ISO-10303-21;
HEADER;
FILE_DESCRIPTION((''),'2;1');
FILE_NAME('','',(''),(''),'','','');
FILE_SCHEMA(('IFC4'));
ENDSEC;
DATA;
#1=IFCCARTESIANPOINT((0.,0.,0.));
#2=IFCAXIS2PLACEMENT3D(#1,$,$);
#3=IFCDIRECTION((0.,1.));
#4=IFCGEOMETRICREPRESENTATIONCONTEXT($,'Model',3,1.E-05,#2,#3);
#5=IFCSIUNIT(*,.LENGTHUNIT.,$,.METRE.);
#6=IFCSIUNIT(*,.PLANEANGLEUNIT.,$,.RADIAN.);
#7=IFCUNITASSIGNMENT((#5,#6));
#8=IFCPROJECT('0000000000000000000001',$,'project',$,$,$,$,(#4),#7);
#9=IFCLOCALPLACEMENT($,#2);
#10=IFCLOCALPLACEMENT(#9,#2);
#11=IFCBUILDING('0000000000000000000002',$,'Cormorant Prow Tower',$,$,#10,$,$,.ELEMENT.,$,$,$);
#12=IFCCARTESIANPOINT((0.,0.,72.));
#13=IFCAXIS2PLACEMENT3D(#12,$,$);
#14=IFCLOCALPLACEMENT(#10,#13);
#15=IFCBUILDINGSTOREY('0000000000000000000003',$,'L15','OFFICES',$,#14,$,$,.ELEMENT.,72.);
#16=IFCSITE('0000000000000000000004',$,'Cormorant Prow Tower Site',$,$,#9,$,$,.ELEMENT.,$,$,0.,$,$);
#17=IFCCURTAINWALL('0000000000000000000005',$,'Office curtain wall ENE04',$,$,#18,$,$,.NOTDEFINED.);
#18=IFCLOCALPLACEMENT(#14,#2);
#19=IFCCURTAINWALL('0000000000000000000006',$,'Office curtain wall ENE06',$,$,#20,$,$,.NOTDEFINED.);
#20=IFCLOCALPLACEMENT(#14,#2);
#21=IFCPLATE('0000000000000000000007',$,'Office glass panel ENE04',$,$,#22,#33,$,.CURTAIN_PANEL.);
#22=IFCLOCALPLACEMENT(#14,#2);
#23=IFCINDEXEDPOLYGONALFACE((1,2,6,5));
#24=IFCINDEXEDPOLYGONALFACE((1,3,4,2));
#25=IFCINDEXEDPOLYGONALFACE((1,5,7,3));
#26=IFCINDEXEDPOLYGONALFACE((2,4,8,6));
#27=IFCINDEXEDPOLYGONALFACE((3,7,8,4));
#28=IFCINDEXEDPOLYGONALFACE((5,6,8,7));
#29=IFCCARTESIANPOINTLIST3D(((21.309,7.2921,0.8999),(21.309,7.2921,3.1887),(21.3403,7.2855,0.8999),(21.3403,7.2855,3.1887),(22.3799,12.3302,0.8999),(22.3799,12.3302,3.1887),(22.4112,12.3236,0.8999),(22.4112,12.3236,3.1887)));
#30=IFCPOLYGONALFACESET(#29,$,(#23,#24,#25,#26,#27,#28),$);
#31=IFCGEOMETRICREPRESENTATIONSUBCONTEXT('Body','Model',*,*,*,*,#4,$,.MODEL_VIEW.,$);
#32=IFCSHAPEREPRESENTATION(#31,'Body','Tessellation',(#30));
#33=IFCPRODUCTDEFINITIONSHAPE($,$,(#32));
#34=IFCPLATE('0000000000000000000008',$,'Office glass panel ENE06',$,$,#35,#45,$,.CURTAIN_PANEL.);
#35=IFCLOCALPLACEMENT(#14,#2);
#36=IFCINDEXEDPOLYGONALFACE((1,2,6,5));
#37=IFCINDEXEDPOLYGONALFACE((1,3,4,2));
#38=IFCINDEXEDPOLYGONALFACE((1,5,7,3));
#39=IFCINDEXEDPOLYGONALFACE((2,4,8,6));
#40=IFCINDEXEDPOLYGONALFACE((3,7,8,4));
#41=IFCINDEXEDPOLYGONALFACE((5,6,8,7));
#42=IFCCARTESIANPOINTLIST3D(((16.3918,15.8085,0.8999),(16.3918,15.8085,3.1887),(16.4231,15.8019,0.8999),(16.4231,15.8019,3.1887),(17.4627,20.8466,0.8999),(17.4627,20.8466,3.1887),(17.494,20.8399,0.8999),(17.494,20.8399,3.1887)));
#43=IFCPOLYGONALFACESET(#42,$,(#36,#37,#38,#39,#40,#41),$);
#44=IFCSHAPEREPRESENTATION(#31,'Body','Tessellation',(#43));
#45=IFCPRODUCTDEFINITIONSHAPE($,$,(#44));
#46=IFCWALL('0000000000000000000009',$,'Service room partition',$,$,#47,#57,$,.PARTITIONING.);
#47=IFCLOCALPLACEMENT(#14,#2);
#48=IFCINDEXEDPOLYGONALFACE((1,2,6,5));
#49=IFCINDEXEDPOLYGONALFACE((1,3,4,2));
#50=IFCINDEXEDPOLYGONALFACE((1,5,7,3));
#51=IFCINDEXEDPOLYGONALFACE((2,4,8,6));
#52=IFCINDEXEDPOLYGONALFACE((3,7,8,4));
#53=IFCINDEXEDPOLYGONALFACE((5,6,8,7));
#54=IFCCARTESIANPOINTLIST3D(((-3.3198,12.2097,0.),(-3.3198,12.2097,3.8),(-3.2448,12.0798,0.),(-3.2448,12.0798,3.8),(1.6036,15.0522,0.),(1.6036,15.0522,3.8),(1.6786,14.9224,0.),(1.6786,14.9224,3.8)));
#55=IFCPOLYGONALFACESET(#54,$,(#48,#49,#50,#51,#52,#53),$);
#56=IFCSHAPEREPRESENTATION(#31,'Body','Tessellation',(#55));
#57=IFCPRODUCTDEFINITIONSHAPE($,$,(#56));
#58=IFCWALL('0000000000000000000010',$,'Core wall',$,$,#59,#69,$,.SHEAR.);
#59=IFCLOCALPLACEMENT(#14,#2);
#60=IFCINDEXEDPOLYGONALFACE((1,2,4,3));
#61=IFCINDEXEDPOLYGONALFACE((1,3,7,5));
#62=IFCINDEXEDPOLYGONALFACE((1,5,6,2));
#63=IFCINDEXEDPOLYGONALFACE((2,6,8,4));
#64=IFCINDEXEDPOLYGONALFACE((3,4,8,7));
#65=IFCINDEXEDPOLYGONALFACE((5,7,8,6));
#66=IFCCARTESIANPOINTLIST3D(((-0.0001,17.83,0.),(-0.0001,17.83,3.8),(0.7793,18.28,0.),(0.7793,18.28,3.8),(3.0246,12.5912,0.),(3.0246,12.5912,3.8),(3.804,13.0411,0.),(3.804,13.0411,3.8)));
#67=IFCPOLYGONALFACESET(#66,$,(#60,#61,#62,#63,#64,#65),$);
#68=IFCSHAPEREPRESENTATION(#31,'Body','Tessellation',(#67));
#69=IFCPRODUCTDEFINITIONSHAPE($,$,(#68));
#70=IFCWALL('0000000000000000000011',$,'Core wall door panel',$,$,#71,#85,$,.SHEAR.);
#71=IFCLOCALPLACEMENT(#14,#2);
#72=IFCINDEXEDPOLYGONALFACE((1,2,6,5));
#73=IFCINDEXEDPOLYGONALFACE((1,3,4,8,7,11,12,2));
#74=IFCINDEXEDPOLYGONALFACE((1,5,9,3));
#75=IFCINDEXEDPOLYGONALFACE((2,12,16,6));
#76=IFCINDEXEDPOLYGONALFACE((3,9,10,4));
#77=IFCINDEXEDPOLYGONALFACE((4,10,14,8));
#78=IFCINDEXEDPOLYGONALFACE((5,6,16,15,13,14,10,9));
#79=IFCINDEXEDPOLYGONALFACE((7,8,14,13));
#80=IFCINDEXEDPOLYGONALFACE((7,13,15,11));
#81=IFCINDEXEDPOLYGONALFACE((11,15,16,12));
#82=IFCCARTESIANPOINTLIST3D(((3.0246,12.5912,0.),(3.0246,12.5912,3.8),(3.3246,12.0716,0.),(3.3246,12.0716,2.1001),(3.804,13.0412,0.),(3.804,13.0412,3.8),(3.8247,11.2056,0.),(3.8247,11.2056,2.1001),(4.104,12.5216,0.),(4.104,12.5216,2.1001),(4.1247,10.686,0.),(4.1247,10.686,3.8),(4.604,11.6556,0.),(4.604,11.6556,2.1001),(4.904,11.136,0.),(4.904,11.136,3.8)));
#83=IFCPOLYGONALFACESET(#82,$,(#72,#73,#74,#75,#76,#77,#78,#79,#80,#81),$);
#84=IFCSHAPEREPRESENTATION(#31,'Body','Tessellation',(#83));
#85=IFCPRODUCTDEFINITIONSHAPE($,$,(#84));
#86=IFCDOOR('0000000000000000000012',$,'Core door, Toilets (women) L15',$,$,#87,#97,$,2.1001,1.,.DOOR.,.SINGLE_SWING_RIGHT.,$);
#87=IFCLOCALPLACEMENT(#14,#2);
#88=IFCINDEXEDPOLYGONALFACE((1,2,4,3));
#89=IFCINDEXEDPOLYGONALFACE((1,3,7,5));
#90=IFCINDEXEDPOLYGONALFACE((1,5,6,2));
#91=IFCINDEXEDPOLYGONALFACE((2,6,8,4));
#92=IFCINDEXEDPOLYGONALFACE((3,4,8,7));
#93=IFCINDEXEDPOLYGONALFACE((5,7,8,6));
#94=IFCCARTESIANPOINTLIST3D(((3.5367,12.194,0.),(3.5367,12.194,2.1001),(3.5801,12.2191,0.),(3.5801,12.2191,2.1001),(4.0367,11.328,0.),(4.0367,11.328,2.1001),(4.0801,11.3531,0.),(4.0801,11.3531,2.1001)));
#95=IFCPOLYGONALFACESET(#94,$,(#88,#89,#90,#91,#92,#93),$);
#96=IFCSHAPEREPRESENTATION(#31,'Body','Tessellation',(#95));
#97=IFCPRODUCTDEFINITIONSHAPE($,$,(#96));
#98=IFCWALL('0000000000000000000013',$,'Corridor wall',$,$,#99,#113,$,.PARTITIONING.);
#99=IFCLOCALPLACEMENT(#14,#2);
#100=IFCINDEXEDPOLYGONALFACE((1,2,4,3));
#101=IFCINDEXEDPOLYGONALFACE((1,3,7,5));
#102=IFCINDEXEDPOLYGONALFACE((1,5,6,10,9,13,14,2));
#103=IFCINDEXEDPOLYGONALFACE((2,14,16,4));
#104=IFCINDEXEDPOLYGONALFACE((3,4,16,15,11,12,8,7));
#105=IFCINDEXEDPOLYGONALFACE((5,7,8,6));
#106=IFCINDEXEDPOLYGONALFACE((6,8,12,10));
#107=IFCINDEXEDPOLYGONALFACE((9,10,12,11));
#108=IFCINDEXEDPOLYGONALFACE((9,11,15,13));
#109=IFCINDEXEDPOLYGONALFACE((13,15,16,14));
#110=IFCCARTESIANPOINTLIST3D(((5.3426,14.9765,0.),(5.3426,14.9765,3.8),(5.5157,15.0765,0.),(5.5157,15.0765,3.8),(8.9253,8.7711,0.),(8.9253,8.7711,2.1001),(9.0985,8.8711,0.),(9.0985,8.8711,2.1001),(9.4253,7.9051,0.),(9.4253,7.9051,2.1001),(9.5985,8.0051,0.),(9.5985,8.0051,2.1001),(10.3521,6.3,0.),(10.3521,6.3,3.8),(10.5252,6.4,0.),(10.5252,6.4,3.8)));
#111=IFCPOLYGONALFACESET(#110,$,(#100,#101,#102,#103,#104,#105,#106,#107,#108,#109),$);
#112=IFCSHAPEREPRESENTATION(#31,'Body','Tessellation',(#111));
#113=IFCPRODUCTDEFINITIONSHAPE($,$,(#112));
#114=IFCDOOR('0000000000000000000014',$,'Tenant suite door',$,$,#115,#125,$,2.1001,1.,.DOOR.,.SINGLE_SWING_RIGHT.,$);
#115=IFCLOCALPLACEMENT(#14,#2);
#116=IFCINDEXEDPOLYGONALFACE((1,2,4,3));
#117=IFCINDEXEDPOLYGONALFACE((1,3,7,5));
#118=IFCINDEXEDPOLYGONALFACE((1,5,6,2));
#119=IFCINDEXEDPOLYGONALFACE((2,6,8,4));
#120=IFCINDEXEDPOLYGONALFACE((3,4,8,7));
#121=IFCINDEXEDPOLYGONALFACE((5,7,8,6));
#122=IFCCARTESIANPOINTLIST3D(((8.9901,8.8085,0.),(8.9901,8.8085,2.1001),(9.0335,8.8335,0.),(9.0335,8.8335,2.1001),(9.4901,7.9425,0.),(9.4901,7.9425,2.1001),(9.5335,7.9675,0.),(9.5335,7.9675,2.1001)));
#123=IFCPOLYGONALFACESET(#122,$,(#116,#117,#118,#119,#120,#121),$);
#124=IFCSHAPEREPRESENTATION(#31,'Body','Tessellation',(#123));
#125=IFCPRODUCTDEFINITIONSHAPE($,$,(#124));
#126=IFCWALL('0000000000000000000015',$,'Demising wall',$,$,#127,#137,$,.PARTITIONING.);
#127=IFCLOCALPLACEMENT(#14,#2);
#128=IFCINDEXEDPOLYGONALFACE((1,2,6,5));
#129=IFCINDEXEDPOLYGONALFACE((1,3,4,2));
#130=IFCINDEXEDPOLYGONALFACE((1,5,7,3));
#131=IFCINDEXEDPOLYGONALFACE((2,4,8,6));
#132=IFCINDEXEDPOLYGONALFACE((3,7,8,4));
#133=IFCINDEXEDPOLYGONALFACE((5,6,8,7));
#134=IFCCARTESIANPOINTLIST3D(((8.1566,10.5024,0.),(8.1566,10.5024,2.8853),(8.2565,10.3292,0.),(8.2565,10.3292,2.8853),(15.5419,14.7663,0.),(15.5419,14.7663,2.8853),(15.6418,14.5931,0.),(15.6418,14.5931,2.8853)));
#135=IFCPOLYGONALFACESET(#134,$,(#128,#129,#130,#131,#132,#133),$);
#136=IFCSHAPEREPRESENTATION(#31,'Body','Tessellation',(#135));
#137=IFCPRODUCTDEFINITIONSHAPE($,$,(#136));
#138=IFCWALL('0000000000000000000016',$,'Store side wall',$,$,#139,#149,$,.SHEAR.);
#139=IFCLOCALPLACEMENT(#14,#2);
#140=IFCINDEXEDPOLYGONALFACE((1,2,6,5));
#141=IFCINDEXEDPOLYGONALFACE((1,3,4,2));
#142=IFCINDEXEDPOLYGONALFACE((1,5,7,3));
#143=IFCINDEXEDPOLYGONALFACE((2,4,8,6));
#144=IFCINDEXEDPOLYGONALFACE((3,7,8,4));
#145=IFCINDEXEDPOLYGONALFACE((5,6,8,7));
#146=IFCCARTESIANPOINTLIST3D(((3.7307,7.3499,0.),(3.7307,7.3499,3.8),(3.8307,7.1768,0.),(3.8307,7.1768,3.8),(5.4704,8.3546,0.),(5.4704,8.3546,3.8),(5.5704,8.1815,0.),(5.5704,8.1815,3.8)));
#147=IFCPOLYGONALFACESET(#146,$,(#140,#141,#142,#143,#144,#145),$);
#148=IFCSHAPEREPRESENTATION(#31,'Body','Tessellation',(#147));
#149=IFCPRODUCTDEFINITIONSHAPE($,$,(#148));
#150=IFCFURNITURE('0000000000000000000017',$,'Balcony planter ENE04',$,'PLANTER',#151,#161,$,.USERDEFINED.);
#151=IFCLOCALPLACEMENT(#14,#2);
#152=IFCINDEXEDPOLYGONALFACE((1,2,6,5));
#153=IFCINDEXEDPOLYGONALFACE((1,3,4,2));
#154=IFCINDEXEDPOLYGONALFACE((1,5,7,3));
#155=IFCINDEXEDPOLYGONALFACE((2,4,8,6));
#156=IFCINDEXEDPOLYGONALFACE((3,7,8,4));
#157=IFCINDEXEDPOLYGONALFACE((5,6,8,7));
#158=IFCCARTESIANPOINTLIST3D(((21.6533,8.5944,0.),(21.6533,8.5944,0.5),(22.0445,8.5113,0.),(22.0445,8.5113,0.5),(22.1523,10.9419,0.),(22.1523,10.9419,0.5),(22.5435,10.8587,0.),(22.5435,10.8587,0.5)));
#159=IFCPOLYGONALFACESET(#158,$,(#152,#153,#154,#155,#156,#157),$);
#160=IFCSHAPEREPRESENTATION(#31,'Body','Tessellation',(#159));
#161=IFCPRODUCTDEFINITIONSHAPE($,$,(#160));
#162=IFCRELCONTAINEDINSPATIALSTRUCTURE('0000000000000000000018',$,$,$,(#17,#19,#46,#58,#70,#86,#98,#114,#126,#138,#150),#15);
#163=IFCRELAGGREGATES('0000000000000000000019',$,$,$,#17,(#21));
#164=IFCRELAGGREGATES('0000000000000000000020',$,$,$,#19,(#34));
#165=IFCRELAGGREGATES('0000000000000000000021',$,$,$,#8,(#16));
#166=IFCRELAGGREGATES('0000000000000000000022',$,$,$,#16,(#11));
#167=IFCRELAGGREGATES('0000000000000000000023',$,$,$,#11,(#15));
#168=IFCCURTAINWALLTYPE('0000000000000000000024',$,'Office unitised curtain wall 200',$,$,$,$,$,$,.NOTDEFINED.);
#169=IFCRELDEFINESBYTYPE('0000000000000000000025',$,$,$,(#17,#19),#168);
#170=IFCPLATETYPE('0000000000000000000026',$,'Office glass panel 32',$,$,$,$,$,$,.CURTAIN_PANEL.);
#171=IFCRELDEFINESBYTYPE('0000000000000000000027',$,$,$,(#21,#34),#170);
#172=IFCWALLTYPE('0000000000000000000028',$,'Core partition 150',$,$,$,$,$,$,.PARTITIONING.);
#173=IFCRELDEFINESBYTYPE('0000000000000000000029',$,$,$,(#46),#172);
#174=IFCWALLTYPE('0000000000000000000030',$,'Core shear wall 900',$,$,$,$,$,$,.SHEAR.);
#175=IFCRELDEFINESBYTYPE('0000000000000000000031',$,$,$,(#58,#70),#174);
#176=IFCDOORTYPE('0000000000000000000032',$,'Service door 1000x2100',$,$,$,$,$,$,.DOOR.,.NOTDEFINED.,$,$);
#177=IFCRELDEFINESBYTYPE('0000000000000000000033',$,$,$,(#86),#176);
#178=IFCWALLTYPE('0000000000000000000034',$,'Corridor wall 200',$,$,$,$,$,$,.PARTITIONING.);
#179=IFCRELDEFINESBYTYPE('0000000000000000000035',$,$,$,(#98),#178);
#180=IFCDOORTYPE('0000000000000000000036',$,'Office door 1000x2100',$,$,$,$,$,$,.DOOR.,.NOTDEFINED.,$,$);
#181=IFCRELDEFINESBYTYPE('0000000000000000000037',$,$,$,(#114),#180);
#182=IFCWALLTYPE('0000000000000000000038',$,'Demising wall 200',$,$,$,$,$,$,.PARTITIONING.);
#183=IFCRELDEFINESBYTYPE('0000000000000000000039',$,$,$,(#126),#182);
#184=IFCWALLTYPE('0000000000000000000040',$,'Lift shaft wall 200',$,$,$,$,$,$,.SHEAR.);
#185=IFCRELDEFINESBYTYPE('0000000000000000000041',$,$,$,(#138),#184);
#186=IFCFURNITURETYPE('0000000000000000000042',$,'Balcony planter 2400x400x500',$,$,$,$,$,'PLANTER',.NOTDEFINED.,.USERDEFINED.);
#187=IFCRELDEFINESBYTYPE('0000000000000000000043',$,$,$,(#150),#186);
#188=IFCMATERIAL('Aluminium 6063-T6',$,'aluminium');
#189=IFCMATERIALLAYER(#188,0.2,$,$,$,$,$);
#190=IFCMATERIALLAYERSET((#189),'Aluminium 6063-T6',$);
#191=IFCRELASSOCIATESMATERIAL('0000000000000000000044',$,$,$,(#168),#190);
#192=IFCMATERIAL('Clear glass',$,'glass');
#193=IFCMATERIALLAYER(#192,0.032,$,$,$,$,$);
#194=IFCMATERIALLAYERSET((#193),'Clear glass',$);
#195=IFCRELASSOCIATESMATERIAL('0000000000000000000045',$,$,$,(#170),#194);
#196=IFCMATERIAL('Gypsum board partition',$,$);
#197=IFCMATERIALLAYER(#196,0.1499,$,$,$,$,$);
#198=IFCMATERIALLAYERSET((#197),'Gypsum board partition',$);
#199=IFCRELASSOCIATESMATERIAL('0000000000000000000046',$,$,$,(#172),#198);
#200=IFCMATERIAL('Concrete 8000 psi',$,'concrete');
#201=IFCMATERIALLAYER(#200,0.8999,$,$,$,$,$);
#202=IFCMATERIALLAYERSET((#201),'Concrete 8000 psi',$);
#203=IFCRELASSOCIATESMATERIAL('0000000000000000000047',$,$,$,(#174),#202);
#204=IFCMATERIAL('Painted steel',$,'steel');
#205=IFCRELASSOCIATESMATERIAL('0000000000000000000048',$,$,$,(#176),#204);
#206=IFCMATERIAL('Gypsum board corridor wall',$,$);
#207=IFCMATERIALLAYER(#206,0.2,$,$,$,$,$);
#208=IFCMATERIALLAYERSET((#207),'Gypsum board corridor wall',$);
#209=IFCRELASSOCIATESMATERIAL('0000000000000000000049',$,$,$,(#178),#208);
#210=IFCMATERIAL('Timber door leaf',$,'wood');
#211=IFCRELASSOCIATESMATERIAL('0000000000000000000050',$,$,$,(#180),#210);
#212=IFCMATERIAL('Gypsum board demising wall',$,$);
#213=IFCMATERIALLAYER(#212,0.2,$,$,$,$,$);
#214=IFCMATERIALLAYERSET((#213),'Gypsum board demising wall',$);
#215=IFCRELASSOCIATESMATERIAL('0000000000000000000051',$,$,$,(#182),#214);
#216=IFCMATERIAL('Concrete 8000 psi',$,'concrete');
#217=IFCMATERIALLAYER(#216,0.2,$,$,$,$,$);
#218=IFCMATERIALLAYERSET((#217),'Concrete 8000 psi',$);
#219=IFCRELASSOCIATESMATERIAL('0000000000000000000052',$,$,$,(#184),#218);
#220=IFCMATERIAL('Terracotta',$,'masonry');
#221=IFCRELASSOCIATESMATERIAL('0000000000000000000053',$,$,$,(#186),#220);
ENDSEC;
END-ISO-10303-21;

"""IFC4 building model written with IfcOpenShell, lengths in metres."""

from ifc_helpers import new_model, si_unit, direction, frame, frame_2d, origin, origin_2d, place, context, subcontext, project, spatial, rectangle, extrude, material, layer, layer_set, type_object, element, fill, aggregate, save


model = new_model("IFC4")

# Units and contexts
model_context = context("Model", 3, precision=1e-05, world=origin(), true_north=direction((0.0, 1.0)))
body_context = subcontext(model_context, "Body", "Model", "MODEL_VIEW")
ifc_project = project(units=[si_unit("LENGTHUNIT", "METRE"), si_unit("PLANEANGLEUNIT", "RADIAN")], contexts=[model_context])

# Site, building, storey
site_placement = place(None, origin())
site = spatial("IfcSite", under=ifc_project, at=site_placement, Name="Cormorant Prow Tower Site", CompositionType="ELEMENT", RefElevation=0.0)
building_placement = place(site_placement, origin())
building = spatial("IfcBuilding", under=site, at=building_placement, Name="Cormorant Prow Tower", CompositionType="ELEMENT")
storey_placement = place(building_placement, frame((0.0, 0.0, 72.0)))
storey = spatial("IfcBuildingStorey", under=building, at=storey_placement, Name="L15", Description="OFFICES", CompositionType="ELEMENT", Elevation=72.0)

# Curtain walls
ifc_material_1 = material(Name="Aluminium 6063-T6", Category="aluminium")
ifc_layer_1 = layer(ifc_material_1, 0.2)
ifc_layer_set_1 = layer_set([ifc_layer_1], Name="Aluminium 6063-T6")
curtain_wall_type = type_object("IfcCurtainWallType", Name="Office unitised curtain wall 200", PredefinedType="NOTDEFINED", material=ifc_layer_set_1)
curtain_wall_1_placement = place(storey_placement, origin())
curtain_wall_1 = element("IfcCurtainWall", 1, at=curtain_wall_1_placement, inside=storey, type_object=curtain_wall_type, Name="Office curtain wall ENE04", PredefinedType="NOTDEFINED")
curtain_wall_2_placement = place(storey_placement, origin())
curtain_wall_2 = element("IfcCurtainWall", 2, at=curtain_wall_2_placement, inside=storey, type_object=curtain_wall_type, Name="Office curtain wall ENE06", PredefinedType="NOTDEFINED")

# Plates
ifc_material_2 = material(Name="Clear glass", Category="glass")
ifc_layer_2 = layer(ifc_material_2, 0.032)
ifc_layer_set_2 = layer_set([ifc_layer_2], Name="Clear glass")
plate_type = type_object("IfcPlateType", Name="Office glass panel 32", PredefinedType="CURTAIN_PANEL", material=ifc_layer_set_2)
plate_1_placement = place(storey_placement, frame((21.8601, 9.8079, 0.8999), z_axis=(0.0, 0.0, 1.0), x_axis=(0.207912, 0.978148, 0.0)))
plate_1 = element("IfcPlate", 3, at=plate_1_placement, type_object=plate_type, Name="Office glass panel ENE04", PredefinedType="CURTAIN_PANEL", context=body_context, shape_type="SweptSolid", body=[
    extrude(rectangle(XDim=5.1506, YDim=0.032, at=origin_2d()), origin(), (0.0, 0.0, 1.0), 2.2888),
])
aggregate(curtain_wall_1, [plate_1])
plate_2_placement = place(storey_placement, frame((16.9429, 18.3242, 0.8999), z_axis=(0.0, 0.0, 1.0), x_axis=(0.207912, 0.978148, 0.0)))
plate_2 = element("IfcPlate", 4, at=plate_2_placement, type_object=plate_type, Name="Office glass panel ENE06", PredefinedType="CURTAIN_PANEL", context=body_context, shape_type="SweptSolid", body=[
    extrude(rectangle(XDim=5.1506, YDim=0.032, at=origin_2d()), origin(), (0.0, 0.0, 1.0), 2.2888),
])
aggregate(curtain_wall_2, [plate_2])

# Walls
ifc_material_3 = material(Name="Gypsum board partition")
ifc_layer_3 = layer(ifc_material_3, 0.1499)
ifc_layer_set_3 = layer_set([ifc_layer_3], Name="Gypsum board partition")
wall_type_1 = type_object("IfcWallType", Name="Core partition 150", PredefinedType="PARTITIONING", material=ifc_layer_set_3)
wall_1_placement = place(storey_placement, frame((1.6411, 14.9873, 0.0), z_axis=(0.0, 0.0, 1.0), x_axis=(-0.866023, -0.500005, 0.0)))
element("IfcWall", 5, at=wall_1_placement, inside=storey, type_object=wall_type_1, Name="Service room partition", PredefinedType="PARTITIONING", context=body_context, shape_type="SweptSolid", body=[
    extrude(rectangle(XDim=5.6851, YDim=0.1499, at=frame_2d((2.8425, 0.0))), origin(), (0.0, 0.0, 1.0), 3.8),
])
ifc_material_4 = material(Name="Concrete 8000 psi", Category="concrete")
ifc_layer_4 = layer(ifc_material_4, 0.8999)
ifc_layer_set_4 = layer_set([ifc_layer_4], Name="Concrete 8000 psi")
wall_type_2 = type_object("IfcWallType", Name="Core shear wall 900", PredefinedType="SHEAR", material=ifc_layer_set_4)
wall_2_placement = place(storey_placement, frame((3.4143, 12.8162, 0.0), z_axis=(0.0, 0.0, 1.0), x_axis=(-0.500007, 0.866022, 0.0)))
element("IfcWall", 6, at=wall_2_placement, inside=storey, type_object=wall_type_2, Name="Core wall", PredefinedType="SHEAR", context=body_context, shape_type="SweptSolid", body=[
    extrude(rectangle(XDim=6.0493, YDim=0.8999, at=frame_2d((3.0247, 0.0))), origin(), (0.0, 0.0, 1.0), 3.8),
])

# Walls, openings, doors
wall_3_placement = place(storey_placement, frame((4.5144, 10.9109, 0.0), z_axis=(0.0, 0.0, 1.0), x_axis=(-0.50003, 0.866008, 0.0)))
wall_3 = element("IfcWall", 7, at=wall_3_placement, inside=storey, type_object=wall_type_2, Name="Core wall door panel", PredefinedType="SHEAR", context=body_context, shape_type="SweptSolid", body=[
    extrude(rectangle(XDim=2.2, YDim=0.8999, at=frame_2d((1.1001, 0.0))), origin(), (0.0, 0.0, 1.0), 3.8),
])
opening_1_placement = place(wall_3_placement, frame((0.6001, 0.0, 0.0)))
opening_1 = element("IfcOpeningElement", 8, at=opening_1_placement, cuts=wall_3, PredefinedType="OPENING", context=body_context, shape_type="SweptSolid", body=[
    extrude(rectangle(XDim=1.0, YDim=2.1001, at=frame_2d((0.5, 1.05))), frame((0.0, 0.46, 0.0), z_axis=(0.0, -1.0, 0.0), x_axis=(1.0, 0.0, 0.0)), (0.0, 0.0, 1.0), 0.9199),
])
ifc_material_5 = material(Name="Painted steel", Category="steel")
door_type_1 = type_object("IfcDoorType", Name="Service door 1000x2100", OperationType="NOTDEFINED", PredefinedType="DOOR", material=ifc_material_5)
door_1_placement = place(opening_1_placement, origin())
door_1 = element("IfcDoor", 9, at=door_1_placement, inside=storey, type_object=door_type_1, Name="Core door, Toilets (women) L15", OperationType="SINGLE_SWING_RIGHT", OverallHeight=2.1001, OverallWidth=1.0, PredefinedType="DOOR", context=body_context, shape_type="SweptSolid", body=[
    extrude(rectangle(XDim=1.0, YDim=2.1001, at=frame_2d((0.5, 1.05))), frame((0.0, 0.2051, 0.0), z_axis=(0.0, -1.0, 0.0), x_axis=(1.0, 0.0, 0.0)), (0.0, 0.0, 1.0), 0.05),
])
fill(opening_1, door_1)
ifc_material_6 = material(Name="Gypsum board corridor wall")
ifc_layer_5 = layer(ifc_material_6, 0.2)
ifc_layer_set_5 = layer_set([ifc_layer_5], Name="Gypsum board corridor wall")
wall_type_3 = type_object("IfcWallType", Name="Corridor wall 200", PredefinedType="PARTITIONING", material=ifc_layer_set_5)
wall_4_placement = place(storey_placement, frame((5.4292, 15.0264, 0.0), z_axis=(0.0, 0.0, 1.0), x_axis=(0.50001, -0.86602, 0.0)))
wall_4 = element("IfcWall", 10, at=wall_4_placement, inside=storey, type_object=wall_type_3, Name="Corridor wall", PredefinedType="PARTITIONING", context=body_context, shape_type="SweptSolid", body=[
    extrude(rectangle(XDim=10.0188, YDim=0.2, at=frame_2d((5.0093, 0.0))), origin(), (0.0, 0.0, 1.0), 3.8),
])
opening_2_placement = place(wall_4_placement, frame((7.1653, 0.0, 0.0)))
opening_2 = element("IfcOpeningElement", 11, at=opening_2_placement, cuts=wall_4, PredefinedType="OPENING", context=body_context, shape_type="SweptSolid", body=[
    extrude(rectangle(XDim=1.0, YDim=2.1001, at=frame_2d((0.5, 1.05))), frame((0.0, 0.1099, 0.0), z_axis=(0.0, -1.0, 0.0), x_axis=(1.0, 0.0, 0.0)), (0.0, 0.0, 1.0), 0.22),
])
ifc_material_7 = material(Name="Timber door leaf", Category="wood")
door_type_2 = type_object("IfcDoorType", Name="Office door 1000x2100", OperationType="NOTDEFINED", PredefinedType="DOOR", material=ifc_material_7)
door_2_placement = place(opening_2_placement, origin())
door_2 = element("IfcDoor", 12, at=door_2_placement, inside=storey, type_object=door_type_2, Name="Tenant suite door", OperationType="SINGLE_SWING_RIGHT", OverallHeight=2.1001, OverallWidth=1.0, PredefinedType="DOOR", context=body_context, shape_type="SweptSolid", body=[
    extrude(rectangle(XDim=1.0, YDim=2.1001, at=frame_2d((0.5, 1.05))), frame((0.0, 0.0249, 0.0), z_axis=(0.0, -1.0, 0.0), x_axis=(1.0, 0.0, 0.0)), (0.0, 0.0, 1.0), 0.05),
])
fill(opening_2, door_2)

# Walls
ifc_material_8 = material(Name="Gypsum board demising wall")
ifc_layer_6 = layer(ifc_material_8, 0.2)
ifc_layer_set_6 = layer_set([ifc_layer_6], Name="Gypsum board demising wall")
wall_type_4 = type_object("IfcWallType", Name="Demising wall 200", PredefinedType="PARTITIONING", material=ifc_layer_set_6)
wall_5_placement = place(storey_placement, frame((8.2065, 10.4158, 0.0), z_axis=(0.0, 0.0, 1.0), x_axis=(0.866023, 0.500003, 0.0)))
element("IfcWall", 13, at=wall_5_placement, inside=storey, type_object=wall_type_4, Name="Demising wall", PredefinedType="PARTITIONING", context=body_context, shape_type="SweptSolid", body=[
    extrude(rectangle(XDim=8.5278, YDim=0.2, at=frame_2d((4.2639, 0.0))), origin(), (0.0, 0.0, 1.0), 2.8853),
])
ifc_material_9 = material(Name="Concrete 8000 psi", Category="concrete")
ifc_layer_7 = layer(ifc_material_9, 0.2)
ifc_layer_set_7 = layer_set([ifc_layer_7], Name="Concrete 8000 psi")
wall_type_5 = type_object("IfcWallType", Name="Lift shaft wall 200", PredefinedType="SHEAR", material=ifc_layer_set_7)
wall_6_placement = place(storey_placement, frame((3.7808, 7.2634, 0.0), z_axis=(0.0, 0.0, 1.0), x_axis=(0.865983, 0.500073, 0.0)))
element("IfcWall", 14, at=wall_6_placement, inside=storey, type_object=wall_type_5, Name="Store side wall", PredefinedType="SHEAR", context=body_context, shape_type="SweptSolid", body=[
    extrude(rectangle(XDim=2.009, YDim=0.2, at=frame_2d((1.0044, 0.0))), origin(), (0.0, 0.0, 1.0), 3.8),
])

# Furniture
ifc_material_10 = material(Name="Terracotta", Category="masonry")
furniture_type = type_object("IfcFurnitureType", Name="Balcony planter 2400x400x500", ElementType="PLANTER", AssemblyPlace="NOTDEFINED", PredefinedType="USERDEFINED", material=ifc_material_10)
furniture_placement = place(storey_placement, frame((22.0984, 9.7266, 0.0), z_axis=(0.0, 0.0, 1.0), x_axis=(0.207912, 0.978148, 0.0)))
element("IfcFurniture", 15, at=furniture_placement, inside=storey, type_object=furniture_type, Name="Balcony planter ENE04", ObjectType="PLANTER", PredefinedType="USERDEFINED", context=body_context, shape_type="SweptSolid", body=[
    extrude(rectangle(XDim=2.3999, YDim=0.3999, at=origin_2d()), origin(), (0.0, 0.0, 1.0), 0.5),
])

save(model, "model.ifc")
